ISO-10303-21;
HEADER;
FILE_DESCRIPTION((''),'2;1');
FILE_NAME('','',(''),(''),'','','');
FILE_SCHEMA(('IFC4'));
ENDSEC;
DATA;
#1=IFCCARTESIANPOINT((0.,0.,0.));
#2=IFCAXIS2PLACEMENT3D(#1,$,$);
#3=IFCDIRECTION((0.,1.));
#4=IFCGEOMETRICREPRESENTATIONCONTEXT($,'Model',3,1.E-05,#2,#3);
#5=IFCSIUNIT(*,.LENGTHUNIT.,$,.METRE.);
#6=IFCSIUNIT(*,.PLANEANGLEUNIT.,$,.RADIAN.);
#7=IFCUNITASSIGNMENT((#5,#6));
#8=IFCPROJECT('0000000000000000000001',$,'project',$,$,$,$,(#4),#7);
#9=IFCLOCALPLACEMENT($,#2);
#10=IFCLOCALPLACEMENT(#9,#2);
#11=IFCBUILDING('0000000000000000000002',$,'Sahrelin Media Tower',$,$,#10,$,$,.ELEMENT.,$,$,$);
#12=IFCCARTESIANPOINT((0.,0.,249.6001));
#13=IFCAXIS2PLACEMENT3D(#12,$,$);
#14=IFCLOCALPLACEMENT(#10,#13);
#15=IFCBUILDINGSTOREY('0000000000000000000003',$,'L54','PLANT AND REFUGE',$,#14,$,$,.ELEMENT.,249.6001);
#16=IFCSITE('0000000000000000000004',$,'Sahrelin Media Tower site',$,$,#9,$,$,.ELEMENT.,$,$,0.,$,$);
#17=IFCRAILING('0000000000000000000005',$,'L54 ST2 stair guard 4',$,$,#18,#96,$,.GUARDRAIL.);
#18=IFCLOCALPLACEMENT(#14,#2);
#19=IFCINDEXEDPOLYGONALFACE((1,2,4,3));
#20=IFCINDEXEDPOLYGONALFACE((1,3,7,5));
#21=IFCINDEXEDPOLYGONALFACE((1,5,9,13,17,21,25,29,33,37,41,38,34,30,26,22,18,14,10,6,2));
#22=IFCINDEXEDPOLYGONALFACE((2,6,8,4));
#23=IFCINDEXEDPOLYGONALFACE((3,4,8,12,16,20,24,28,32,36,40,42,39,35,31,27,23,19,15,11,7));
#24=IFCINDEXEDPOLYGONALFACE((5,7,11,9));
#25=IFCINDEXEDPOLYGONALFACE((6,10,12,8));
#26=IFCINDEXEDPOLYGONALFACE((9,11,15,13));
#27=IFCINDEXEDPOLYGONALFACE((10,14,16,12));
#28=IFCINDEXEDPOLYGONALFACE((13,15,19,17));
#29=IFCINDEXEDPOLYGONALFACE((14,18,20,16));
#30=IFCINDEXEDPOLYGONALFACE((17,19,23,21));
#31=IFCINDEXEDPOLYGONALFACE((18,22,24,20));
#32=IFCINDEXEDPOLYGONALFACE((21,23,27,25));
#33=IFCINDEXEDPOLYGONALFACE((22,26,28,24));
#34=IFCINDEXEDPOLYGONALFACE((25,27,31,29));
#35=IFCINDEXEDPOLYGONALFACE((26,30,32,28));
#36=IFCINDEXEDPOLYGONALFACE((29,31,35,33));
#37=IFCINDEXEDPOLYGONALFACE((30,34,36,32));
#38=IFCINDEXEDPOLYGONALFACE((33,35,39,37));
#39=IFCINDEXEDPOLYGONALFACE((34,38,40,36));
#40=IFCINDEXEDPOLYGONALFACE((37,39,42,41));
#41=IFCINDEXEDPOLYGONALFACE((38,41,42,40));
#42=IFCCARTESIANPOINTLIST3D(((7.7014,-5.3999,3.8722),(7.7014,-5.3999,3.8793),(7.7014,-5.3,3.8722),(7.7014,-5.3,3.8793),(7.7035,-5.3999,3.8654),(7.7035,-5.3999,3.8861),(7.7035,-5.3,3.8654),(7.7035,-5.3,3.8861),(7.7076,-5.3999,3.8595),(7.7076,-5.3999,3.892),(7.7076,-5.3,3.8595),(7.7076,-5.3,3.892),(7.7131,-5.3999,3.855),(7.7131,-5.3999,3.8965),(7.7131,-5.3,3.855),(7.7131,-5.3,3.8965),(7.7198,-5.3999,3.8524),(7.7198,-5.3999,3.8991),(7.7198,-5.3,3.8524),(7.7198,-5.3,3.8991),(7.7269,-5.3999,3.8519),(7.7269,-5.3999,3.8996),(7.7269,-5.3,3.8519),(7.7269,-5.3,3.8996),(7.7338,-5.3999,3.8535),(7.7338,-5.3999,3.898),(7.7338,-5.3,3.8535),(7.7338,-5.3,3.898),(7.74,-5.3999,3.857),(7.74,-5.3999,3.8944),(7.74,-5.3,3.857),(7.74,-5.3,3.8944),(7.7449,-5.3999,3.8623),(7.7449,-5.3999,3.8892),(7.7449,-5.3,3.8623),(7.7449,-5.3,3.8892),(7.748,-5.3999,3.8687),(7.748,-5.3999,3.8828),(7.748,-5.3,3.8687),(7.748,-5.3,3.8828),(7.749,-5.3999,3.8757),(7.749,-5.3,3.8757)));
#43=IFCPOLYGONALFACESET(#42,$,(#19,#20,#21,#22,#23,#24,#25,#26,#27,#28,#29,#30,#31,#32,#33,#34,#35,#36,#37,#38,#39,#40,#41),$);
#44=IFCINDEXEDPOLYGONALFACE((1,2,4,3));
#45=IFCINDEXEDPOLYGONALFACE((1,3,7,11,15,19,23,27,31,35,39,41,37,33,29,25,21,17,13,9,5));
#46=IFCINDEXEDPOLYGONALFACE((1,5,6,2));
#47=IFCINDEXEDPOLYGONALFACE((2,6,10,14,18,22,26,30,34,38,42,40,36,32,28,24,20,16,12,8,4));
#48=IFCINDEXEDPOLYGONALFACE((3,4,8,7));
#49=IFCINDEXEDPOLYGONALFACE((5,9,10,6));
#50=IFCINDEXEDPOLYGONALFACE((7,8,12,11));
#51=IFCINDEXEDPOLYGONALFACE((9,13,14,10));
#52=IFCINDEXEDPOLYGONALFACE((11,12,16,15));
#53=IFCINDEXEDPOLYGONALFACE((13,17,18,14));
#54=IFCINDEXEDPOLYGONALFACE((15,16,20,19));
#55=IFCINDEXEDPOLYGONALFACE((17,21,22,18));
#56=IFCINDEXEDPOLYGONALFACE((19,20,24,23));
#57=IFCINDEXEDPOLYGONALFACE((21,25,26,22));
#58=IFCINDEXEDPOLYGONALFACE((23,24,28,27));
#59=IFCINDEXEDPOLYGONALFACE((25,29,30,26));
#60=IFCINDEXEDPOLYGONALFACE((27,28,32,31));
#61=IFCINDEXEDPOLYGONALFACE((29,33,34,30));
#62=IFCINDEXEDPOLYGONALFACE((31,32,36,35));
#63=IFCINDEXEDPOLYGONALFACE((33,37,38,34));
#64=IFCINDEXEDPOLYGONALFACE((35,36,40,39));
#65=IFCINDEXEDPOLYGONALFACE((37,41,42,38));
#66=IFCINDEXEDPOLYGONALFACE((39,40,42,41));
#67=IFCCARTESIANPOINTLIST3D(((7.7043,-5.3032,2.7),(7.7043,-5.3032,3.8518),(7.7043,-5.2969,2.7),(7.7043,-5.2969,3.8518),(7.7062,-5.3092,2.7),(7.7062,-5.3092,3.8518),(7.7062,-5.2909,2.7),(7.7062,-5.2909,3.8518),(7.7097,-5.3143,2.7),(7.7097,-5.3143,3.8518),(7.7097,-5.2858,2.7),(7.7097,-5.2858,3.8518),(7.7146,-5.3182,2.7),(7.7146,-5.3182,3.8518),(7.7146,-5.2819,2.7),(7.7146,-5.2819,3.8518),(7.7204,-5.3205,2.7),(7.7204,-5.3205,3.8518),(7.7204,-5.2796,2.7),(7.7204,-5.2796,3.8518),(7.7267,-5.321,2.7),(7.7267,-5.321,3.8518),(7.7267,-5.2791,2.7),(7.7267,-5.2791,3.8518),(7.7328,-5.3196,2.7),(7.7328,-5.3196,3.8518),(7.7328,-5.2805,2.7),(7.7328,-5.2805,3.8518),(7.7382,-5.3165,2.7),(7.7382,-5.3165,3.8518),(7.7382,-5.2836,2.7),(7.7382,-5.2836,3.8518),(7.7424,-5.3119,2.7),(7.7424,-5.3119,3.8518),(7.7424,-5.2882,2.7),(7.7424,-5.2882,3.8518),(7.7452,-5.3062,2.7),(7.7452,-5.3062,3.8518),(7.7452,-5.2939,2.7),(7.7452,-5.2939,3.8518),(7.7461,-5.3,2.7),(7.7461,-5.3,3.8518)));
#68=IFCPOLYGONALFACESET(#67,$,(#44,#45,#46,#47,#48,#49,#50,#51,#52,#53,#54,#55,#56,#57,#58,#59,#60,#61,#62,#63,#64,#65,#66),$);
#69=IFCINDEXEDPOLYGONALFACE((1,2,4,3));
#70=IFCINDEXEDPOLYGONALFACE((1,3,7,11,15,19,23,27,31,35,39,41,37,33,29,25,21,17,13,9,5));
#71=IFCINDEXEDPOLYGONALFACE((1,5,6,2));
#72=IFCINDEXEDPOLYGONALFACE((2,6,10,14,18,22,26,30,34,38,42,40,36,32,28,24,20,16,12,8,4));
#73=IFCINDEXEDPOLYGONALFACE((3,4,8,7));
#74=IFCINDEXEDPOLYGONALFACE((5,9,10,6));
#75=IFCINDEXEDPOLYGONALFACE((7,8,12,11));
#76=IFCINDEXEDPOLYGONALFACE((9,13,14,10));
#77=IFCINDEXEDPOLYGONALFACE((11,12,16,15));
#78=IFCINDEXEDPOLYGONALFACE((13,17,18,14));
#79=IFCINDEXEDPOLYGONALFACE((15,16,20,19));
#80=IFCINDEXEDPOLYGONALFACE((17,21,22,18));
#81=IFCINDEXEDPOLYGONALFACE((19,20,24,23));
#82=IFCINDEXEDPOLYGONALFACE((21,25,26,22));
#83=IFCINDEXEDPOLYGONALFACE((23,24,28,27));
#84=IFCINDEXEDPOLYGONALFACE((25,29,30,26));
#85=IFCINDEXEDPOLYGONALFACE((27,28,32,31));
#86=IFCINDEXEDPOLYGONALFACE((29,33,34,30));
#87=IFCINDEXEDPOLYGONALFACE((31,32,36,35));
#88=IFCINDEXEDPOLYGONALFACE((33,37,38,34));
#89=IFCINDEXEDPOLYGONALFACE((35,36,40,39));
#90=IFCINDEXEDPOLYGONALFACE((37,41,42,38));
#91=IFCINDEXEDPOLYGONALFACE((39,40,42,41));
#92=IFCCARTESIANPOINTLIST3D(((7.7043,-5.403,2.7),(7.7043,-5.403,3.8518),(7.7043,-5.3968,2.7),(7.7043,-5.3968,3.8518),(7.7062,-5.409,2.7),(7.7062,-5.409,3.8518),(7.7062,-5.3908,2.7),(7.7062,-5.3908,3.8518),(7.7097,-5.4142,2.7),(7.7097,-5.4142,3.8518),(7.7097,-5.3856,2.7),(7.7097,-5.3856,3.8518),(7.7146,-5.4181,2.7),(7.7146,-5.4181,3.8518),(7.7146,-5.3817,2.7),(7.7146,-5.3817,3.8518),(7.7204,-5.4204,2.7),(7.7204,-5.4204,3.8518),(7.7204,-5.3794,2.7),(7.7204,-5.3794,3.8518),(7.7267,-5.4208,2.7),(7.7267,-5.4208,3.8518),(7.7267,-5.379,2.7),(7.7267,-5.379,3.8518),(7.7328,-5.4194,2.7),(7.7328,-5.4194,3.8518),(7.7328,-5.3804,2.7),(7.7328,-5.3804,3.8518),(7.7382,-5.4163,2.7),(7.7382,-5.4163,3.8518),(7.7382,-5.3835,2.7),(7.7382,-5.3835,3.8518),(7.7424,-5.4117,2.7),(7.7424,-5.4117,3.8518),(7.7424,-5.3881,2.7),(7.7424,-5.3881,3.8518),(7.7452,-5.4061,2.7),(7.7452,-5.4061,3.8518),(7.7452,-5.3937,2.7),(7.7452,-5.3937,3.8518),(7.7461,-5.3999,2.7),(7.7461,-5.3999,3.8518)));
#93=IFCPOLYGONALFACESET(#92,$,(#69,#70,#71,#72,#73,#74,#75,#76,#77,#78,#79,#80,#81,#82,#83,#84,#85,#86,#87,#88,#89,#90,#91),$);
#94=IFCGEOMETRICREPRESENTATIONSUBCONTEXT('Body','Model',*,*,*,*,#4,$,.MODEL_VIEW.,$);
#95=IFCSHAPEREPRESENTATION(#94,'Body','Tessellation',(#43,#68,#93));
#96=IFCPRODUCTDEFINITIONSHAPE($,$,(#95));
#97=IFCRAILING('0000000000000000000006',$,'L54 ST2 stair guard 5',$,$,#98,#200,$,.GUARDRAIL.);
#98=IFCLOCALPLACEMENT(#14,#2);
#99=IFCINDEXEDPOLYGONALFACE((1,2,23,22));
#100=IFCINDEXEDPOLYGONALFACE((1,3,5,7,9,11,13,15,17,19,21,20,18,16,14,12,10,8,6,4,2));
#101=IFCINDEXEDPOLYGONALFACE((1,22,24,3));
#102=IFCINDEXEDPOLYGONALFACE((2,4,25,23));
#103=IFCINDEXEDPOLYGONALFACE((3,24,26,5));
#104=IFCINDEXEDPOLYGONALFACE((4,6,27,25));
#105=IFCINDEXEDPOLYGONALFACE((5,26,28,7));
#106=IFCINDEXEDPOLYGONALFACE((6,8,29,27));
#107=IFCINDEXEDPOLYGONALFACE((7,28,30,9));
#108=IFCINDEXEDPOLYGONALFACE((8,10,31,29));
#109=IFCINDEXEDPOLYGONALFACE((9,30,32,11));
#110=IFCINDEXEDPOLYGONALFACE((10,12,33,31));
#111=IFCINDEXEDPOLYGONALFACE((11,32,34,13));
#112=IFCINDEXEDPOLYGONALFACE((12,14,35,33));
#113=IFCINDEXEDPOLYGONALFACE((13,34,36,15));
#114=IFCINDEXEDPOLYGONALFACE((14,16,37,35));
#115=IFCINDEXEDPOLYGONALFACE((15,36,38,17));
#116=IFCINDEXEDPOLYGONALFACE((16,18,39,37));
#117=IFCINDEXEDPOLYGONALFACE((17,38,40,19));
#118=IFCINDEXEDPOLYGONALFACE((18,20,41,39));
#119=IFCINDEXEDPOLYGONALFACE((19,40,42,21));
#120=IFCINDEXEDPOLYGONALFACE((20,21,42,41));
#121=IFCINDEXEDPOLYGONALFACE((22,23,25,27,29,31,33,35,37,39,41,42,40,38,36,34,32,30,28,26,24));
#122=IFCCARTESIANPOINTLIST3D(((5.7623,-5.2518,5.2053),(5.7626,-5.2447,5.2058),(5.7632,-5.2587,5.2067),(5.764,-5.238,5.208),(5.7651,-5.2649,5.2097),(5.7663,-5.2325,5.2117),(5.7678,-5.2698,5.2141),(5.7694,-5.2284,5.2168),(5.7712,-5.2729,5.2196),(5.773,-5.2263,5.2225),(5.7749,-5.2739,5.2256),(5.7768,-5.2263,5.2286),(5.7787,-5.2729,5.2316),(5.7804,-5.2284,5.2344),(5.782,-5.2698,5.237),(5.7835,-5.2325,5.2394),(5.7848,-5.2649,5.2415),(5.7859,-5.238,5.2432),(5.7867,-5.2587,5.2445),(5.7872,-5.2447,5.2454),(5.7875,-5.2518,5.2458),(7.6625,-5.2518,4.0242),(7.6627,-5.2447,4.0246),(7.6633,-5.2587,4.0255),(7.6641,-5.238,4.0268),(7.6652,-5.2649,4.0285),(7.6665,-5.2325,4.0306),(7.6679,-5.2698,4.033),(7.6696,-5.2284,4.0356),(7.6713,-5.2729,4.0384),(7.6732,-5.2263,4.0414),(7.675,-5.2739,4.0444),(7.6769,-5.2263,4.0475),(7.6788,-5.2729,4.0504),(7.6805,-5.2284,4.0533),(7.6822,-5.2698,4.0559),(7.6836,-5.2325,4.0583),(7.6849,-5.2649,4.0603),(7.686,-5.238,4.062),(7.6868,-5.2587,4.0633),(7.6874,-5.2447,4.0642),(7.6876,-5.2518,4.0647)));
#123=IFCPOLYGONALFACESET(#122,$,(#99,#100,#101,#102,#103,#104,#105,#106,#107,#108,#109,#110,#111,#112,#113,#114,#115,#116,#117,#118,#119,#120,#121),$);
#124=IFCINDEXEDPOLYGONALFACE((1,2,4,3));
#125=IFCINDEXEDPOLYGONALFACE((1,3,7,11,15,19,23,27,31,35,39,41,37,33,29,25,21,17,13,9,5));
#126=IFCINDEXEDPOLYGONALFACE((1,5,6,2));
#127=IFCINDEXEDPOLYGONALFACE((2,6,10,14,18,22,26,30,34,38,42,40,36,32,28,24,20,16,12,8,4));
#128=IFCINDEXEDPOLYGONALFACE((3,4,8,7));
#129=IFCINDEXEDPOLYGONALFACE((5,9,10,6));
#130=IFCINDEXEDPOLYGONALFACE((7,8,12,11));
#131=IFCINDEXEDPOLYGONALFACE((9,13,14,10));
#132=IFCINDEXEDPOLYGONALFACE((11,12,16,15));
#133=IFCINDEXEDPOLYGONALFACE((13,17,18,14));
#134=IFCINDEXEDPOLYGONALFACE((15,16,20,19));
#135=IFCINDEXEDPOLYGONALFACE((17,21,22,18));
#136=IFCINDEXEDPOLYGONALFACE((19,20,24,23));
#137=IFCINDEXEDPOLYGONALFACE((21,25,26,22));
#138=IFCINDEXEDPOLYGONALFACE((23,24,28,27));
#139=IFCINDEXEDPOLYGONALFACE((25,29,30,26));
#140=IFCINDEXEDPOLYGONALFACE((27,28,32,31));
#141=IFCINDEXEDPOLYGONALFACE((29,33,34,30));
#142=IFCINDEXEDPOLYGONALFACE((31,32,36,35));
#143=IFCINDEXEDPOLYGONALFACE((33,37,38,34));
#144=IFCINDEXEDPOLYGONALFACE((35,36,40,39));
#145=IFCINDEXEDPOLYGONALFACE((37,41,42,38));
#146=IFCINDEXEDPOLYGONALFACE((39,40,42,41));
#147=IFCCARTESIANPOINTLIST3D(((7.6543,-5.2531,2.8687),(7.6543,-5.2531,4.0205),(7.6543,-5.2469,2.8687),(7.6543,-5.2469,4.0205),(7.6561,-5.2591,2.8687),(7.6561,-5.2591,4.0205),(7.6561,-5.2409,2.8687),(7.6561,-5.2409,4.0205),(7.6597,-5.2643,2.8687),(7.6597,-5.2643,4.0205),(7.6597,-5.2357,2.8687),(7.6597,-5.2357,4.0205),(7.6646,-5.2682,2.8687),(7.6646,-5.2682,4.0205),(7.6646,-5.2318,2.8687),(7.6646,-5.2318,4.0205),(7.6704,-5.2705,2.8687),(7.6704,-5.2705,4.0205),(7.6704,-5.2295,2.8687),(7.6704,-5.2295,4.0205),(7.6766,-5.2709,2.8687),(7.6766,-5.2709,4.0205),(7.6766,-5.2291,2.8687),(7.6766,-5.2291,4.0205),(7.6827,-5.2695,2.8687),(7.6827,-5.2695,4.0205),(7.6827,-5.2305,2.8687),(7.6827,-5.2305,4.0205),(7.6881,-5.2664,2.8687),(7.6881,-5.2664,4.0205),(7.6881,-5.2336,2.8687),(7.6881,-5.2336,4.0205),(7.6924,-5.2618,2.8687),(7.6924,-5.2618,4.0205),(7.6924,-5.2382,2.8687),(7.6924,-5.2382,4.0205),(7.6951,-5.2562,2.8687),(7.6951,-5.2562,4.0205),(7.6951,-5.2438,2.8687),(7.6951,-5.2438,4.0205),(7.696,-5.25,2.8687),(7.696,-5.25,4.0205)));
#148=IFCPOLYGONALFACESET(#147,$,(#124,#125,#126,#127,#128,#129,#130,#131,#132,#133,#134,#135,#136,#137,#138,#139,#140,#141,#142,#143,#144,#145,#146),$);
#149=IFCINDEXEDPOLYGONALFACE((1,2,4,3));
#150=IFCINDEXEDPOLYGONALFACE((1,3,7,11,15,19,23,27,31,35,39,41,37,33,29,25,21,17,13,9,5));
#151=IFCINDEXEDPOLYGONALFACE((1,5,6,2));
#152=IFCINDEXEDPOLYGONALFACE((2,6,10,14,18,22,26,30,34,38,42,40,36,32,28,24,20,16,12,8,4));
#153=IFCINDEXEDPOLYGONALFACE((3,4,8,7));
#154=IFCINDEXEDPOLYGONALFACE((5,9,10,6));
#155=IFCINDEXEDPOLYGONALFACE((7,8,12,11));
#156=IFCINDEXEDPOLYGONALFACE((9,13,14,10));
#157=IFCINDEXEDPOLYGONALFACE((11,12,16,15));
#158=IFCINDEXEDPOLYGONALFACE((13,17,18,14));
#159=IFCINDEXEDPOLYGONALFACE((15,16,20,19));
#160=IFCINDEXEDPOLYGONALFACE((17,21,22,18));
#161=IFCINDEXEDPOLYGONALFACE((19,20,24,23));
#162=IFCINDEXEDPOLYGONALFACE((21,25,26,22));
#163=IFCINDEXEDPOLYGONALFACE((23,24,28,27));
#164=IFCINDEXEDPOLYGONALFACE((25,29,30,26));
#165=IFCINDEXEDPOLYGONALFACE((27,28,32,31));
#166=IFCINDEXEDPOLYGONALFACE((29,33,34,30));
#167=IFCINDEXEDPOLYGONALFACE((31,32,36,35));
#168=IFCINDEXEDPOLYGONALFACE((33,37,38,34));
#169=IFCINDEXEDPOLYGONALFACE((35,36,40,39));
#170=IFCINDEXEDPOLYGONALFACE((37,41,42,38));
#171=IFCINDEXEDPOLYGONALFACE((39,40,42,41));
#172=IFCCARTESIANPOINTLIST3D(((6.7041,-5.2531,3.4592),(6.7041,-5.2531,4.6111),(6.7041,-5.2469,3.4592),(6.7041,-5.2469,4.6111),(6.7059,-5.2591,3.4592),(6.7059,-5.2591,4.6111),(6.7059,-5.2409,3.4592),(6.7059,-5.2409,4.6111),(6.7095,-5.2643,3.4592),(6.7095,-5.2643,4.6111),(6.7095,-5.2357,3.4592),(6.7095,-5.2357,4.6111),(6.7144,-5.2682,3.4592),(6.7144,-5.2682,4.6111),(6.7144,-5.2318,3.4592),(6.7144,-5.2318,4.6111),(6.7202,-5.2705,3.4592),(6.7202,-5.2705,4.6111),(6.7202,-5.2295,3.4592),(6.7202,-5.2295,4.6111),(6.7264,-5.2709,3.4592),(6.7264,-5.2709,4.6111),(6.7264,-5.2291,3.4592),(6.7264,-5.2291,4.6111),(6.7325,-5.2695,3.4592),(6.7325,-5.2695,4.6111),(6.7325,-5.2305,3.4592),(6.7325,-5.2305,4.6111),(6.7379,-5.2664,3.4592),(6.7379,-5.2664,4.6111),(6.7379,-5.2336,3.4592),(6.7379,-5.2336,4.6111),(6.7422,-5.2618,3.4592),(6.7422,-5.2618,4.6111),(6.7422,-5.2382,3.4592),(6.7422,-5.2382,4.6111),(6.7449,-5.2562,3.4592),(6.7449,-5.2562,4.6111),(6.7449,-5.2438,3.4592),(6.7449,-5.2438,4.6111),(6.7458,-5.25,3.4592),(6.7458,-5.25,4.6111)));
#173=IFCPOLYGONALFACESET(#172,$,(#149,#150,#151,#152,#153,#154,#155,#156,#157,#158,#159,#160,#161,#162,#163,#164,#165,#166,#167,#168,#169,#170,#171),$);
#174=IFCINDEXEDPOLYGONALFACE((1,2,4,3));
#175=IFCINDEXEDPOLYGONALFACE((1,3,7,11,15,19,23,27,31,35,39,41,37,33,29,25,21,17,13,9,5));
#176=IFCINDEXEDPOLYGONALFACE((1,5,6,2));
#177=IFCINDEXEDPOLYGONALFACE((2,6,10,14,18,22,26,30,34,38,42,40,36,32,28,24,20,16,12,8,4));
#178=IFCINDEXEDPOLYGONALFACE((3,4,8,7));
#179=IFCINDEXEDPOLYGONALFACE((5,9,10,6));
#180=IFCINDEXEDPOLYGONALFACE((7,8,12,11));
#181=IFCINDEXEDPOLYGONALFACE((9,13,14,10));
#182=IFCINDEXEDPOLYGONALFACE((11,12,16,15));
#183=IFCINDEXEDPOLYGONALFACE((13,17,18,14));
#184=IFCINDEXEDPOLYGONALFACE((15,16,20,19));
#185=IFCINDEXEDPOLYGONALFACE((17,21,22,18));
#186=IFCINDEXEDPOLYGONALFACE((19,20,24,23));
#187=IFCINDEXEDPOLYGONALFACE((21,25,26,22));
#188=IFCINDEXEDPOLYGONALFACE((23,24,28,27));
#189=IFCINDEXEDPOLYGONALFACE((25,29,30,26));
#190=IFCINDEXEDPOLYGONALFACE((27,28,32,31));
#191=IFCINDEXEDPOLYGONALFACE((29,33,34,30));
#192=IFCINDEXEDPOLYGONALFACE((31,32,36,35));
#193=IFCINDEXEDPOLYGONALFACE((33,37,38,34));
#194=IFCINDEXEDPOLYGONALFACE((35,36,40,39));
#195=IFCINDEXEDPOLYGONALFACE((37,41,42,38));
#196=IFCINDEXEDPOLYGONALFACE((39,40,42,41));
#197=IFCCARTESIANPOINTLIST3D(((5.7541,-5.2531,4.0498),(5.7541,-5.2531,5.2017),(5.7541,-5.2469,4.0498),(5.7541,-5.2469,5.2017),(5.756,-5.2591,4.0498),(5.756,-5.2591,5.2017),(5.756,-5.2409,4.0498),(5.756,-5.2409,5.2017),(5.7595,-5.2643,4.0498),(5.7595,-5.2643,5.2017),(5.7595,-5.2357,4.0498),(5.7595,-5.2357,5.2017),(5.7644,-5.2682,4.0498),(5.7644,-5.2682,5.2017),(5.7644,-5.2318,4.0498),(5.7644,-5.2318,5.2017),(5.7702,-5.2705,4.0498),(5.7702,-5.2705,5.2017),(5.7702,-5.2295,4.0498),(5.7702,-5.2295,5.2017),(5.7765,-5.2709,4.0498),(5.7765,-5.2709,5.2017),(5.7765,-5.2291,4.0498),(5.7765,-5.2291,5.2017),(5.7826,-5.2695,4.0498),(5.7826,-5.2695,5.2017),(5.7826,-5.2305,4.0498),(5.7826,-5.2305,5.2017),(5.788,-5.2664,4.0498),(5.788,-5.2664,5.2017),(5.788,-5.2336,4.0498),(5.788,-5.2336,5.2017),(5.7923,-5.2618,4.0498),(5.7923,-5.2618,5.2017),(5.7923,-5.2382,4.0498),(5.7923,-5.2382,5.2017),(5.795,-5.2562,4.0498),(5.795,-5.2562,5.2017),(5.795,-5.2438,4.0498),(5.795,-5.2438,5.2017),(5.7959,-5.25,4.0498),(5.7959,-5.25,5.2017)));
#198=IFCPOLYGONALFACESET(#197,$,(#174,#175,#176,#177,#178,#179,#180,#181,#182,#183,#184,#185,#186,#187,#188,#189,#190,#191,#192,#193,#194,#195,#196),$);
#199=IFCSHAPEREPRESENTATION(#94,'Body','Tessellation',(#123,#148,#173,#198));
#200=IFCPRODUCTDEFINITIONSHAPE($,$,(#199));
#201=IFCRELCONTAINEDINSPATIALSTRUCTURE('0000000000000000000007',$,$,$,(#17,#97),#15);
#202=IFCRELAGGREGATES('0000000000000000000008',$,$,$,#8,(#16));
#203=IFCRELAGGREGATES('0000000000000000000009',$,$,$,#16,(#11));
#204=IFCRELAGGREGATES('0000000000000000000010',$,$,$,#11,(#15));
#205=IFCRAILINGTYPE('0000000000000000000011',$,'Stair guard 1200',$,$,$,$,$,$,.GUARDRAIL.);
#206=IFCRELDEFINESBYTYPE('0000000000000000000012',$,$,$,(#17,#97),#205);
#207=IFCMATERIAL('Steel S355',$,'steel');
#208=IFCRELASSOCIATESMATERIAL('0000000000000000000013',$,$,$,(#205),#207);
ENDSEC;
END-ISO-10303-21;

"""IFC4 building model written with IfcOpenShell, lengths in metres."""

from ifc_helpers import new_model, si_unit, direction, frame, origin, origin_2d, place, context, subcontext, project, spatial, circle, extrude, material, type_object, element, save


model = new_model("IFC4")

# Units and contexts
model_context = context("Model", 3, precision=1e-05, world=origin(), true_north=direction((0.0, 1.0)))
body_context = subcontext(model_context, "Body", "Model", "MODEL_VIEW")
ifc_project = project(units=[si_unit("LENGTHUNIT", "METRE"), si_unit("PLANEANGLEUNIT", "RADIAN")], contexts=[model_context])

# Site, building, storey
site_placement = place(None, origin())
site = spatial("IfcSite", under=ifc_project, at=site_placement, Name="Sahrelin Media Tower site", CompositionType="ELEMENT", RefElevation=0.0)
building_placement = place(site_placement, origin())
building = spatial("IfcBuilding", under=site, at=building_placement, Name="Sahrelin Media Tower", CompositionType="ELEMENT")
storey_placement = place(building_placement, frame((0.0, 0.0, 249.6001)))
storey = spatial("IfcBuildingStorey", under=building, at=storey_placement, Name="L54", Description="PLANT AND REFUGE", CompositionType="ELEMENT", Elevation=249.6001)

# Shared definitions
ifc_material_1 = material(Name="Steel S355", Category="steel")

# Railings
railing_type_1 = type_object("IfcRailingType", Name="Stair guard 1200", PredefinedType="GUARDRAIL", material=ifc_material_1)
railing_1_placement = place(storey_placement, frame((7.7251, -5.3, 2.7)))
element("IfcRailing", 1, at=railing_1_placement, inside=storey, type_object=railing_type_1, Name="L54 ST2 stair guard 4", PredefinedType="GUARDRAIL", context=body_context, shape_type="SweptSolid", body=[
    extrude(circle(Radius=0.0239, at=origin_2d()), frame((0.0, 0.0, 1.1758), z_axis=(0.0, -1.0, 0.0), x_axis=(1.0, 0.0, 0.0)), (0.0, 0.0, 1.0), 0.0999),
    extrude(circle(Radius=0.021, at=origin_2d()), origin(), (0.0, 0.0, 1.0), 1.1519),
    extrude(circle(Radius=0.021, at=origin_2d()), frame((0.0, -0.0999, 0.0)), (0.0, 0.0, 1.0), 1.1519),
])
railing_2_placement = place(storey_placement, frame((7.675, -5.25, 2.8687)))
element("IfcRailing", 2, at=railing_2_placement, inside=storey, type_object=railing_type_1, Name="L54 ST2 stair guard 5", PredefinedType="GUARDRAIL", context=body_context, shape_type="SweptSolid", body=[
    extrude(circle(Radius=0.0239, at=origin_2d()), frame((0.0, 0.0, 1.1758), z_axis=(-0.849289, 0.0, 0.527928), x_axis=(0.0, -1.0, 0.0)), (0.0, 0.0, 1.0), 2.2373),
    extrude(circle(Radius=0.021, at=origin_2d()), origin(), (0.0, 0.0, 1.0), 1.1519),
    extrude(circle(Radius=0.021, at=origin_2d()), frame((-0.9502, 0.0, 0.5906)), (0.0, 0.0, 1.0), 1.1519),
    extrude(circle(Radius=0.021, at=origin_2d()), frame((-1.9001, 0.0, 1.1812)), (0.0, 0.0, 1.0), 1.1519),
])

save(model, "model.ifc")
